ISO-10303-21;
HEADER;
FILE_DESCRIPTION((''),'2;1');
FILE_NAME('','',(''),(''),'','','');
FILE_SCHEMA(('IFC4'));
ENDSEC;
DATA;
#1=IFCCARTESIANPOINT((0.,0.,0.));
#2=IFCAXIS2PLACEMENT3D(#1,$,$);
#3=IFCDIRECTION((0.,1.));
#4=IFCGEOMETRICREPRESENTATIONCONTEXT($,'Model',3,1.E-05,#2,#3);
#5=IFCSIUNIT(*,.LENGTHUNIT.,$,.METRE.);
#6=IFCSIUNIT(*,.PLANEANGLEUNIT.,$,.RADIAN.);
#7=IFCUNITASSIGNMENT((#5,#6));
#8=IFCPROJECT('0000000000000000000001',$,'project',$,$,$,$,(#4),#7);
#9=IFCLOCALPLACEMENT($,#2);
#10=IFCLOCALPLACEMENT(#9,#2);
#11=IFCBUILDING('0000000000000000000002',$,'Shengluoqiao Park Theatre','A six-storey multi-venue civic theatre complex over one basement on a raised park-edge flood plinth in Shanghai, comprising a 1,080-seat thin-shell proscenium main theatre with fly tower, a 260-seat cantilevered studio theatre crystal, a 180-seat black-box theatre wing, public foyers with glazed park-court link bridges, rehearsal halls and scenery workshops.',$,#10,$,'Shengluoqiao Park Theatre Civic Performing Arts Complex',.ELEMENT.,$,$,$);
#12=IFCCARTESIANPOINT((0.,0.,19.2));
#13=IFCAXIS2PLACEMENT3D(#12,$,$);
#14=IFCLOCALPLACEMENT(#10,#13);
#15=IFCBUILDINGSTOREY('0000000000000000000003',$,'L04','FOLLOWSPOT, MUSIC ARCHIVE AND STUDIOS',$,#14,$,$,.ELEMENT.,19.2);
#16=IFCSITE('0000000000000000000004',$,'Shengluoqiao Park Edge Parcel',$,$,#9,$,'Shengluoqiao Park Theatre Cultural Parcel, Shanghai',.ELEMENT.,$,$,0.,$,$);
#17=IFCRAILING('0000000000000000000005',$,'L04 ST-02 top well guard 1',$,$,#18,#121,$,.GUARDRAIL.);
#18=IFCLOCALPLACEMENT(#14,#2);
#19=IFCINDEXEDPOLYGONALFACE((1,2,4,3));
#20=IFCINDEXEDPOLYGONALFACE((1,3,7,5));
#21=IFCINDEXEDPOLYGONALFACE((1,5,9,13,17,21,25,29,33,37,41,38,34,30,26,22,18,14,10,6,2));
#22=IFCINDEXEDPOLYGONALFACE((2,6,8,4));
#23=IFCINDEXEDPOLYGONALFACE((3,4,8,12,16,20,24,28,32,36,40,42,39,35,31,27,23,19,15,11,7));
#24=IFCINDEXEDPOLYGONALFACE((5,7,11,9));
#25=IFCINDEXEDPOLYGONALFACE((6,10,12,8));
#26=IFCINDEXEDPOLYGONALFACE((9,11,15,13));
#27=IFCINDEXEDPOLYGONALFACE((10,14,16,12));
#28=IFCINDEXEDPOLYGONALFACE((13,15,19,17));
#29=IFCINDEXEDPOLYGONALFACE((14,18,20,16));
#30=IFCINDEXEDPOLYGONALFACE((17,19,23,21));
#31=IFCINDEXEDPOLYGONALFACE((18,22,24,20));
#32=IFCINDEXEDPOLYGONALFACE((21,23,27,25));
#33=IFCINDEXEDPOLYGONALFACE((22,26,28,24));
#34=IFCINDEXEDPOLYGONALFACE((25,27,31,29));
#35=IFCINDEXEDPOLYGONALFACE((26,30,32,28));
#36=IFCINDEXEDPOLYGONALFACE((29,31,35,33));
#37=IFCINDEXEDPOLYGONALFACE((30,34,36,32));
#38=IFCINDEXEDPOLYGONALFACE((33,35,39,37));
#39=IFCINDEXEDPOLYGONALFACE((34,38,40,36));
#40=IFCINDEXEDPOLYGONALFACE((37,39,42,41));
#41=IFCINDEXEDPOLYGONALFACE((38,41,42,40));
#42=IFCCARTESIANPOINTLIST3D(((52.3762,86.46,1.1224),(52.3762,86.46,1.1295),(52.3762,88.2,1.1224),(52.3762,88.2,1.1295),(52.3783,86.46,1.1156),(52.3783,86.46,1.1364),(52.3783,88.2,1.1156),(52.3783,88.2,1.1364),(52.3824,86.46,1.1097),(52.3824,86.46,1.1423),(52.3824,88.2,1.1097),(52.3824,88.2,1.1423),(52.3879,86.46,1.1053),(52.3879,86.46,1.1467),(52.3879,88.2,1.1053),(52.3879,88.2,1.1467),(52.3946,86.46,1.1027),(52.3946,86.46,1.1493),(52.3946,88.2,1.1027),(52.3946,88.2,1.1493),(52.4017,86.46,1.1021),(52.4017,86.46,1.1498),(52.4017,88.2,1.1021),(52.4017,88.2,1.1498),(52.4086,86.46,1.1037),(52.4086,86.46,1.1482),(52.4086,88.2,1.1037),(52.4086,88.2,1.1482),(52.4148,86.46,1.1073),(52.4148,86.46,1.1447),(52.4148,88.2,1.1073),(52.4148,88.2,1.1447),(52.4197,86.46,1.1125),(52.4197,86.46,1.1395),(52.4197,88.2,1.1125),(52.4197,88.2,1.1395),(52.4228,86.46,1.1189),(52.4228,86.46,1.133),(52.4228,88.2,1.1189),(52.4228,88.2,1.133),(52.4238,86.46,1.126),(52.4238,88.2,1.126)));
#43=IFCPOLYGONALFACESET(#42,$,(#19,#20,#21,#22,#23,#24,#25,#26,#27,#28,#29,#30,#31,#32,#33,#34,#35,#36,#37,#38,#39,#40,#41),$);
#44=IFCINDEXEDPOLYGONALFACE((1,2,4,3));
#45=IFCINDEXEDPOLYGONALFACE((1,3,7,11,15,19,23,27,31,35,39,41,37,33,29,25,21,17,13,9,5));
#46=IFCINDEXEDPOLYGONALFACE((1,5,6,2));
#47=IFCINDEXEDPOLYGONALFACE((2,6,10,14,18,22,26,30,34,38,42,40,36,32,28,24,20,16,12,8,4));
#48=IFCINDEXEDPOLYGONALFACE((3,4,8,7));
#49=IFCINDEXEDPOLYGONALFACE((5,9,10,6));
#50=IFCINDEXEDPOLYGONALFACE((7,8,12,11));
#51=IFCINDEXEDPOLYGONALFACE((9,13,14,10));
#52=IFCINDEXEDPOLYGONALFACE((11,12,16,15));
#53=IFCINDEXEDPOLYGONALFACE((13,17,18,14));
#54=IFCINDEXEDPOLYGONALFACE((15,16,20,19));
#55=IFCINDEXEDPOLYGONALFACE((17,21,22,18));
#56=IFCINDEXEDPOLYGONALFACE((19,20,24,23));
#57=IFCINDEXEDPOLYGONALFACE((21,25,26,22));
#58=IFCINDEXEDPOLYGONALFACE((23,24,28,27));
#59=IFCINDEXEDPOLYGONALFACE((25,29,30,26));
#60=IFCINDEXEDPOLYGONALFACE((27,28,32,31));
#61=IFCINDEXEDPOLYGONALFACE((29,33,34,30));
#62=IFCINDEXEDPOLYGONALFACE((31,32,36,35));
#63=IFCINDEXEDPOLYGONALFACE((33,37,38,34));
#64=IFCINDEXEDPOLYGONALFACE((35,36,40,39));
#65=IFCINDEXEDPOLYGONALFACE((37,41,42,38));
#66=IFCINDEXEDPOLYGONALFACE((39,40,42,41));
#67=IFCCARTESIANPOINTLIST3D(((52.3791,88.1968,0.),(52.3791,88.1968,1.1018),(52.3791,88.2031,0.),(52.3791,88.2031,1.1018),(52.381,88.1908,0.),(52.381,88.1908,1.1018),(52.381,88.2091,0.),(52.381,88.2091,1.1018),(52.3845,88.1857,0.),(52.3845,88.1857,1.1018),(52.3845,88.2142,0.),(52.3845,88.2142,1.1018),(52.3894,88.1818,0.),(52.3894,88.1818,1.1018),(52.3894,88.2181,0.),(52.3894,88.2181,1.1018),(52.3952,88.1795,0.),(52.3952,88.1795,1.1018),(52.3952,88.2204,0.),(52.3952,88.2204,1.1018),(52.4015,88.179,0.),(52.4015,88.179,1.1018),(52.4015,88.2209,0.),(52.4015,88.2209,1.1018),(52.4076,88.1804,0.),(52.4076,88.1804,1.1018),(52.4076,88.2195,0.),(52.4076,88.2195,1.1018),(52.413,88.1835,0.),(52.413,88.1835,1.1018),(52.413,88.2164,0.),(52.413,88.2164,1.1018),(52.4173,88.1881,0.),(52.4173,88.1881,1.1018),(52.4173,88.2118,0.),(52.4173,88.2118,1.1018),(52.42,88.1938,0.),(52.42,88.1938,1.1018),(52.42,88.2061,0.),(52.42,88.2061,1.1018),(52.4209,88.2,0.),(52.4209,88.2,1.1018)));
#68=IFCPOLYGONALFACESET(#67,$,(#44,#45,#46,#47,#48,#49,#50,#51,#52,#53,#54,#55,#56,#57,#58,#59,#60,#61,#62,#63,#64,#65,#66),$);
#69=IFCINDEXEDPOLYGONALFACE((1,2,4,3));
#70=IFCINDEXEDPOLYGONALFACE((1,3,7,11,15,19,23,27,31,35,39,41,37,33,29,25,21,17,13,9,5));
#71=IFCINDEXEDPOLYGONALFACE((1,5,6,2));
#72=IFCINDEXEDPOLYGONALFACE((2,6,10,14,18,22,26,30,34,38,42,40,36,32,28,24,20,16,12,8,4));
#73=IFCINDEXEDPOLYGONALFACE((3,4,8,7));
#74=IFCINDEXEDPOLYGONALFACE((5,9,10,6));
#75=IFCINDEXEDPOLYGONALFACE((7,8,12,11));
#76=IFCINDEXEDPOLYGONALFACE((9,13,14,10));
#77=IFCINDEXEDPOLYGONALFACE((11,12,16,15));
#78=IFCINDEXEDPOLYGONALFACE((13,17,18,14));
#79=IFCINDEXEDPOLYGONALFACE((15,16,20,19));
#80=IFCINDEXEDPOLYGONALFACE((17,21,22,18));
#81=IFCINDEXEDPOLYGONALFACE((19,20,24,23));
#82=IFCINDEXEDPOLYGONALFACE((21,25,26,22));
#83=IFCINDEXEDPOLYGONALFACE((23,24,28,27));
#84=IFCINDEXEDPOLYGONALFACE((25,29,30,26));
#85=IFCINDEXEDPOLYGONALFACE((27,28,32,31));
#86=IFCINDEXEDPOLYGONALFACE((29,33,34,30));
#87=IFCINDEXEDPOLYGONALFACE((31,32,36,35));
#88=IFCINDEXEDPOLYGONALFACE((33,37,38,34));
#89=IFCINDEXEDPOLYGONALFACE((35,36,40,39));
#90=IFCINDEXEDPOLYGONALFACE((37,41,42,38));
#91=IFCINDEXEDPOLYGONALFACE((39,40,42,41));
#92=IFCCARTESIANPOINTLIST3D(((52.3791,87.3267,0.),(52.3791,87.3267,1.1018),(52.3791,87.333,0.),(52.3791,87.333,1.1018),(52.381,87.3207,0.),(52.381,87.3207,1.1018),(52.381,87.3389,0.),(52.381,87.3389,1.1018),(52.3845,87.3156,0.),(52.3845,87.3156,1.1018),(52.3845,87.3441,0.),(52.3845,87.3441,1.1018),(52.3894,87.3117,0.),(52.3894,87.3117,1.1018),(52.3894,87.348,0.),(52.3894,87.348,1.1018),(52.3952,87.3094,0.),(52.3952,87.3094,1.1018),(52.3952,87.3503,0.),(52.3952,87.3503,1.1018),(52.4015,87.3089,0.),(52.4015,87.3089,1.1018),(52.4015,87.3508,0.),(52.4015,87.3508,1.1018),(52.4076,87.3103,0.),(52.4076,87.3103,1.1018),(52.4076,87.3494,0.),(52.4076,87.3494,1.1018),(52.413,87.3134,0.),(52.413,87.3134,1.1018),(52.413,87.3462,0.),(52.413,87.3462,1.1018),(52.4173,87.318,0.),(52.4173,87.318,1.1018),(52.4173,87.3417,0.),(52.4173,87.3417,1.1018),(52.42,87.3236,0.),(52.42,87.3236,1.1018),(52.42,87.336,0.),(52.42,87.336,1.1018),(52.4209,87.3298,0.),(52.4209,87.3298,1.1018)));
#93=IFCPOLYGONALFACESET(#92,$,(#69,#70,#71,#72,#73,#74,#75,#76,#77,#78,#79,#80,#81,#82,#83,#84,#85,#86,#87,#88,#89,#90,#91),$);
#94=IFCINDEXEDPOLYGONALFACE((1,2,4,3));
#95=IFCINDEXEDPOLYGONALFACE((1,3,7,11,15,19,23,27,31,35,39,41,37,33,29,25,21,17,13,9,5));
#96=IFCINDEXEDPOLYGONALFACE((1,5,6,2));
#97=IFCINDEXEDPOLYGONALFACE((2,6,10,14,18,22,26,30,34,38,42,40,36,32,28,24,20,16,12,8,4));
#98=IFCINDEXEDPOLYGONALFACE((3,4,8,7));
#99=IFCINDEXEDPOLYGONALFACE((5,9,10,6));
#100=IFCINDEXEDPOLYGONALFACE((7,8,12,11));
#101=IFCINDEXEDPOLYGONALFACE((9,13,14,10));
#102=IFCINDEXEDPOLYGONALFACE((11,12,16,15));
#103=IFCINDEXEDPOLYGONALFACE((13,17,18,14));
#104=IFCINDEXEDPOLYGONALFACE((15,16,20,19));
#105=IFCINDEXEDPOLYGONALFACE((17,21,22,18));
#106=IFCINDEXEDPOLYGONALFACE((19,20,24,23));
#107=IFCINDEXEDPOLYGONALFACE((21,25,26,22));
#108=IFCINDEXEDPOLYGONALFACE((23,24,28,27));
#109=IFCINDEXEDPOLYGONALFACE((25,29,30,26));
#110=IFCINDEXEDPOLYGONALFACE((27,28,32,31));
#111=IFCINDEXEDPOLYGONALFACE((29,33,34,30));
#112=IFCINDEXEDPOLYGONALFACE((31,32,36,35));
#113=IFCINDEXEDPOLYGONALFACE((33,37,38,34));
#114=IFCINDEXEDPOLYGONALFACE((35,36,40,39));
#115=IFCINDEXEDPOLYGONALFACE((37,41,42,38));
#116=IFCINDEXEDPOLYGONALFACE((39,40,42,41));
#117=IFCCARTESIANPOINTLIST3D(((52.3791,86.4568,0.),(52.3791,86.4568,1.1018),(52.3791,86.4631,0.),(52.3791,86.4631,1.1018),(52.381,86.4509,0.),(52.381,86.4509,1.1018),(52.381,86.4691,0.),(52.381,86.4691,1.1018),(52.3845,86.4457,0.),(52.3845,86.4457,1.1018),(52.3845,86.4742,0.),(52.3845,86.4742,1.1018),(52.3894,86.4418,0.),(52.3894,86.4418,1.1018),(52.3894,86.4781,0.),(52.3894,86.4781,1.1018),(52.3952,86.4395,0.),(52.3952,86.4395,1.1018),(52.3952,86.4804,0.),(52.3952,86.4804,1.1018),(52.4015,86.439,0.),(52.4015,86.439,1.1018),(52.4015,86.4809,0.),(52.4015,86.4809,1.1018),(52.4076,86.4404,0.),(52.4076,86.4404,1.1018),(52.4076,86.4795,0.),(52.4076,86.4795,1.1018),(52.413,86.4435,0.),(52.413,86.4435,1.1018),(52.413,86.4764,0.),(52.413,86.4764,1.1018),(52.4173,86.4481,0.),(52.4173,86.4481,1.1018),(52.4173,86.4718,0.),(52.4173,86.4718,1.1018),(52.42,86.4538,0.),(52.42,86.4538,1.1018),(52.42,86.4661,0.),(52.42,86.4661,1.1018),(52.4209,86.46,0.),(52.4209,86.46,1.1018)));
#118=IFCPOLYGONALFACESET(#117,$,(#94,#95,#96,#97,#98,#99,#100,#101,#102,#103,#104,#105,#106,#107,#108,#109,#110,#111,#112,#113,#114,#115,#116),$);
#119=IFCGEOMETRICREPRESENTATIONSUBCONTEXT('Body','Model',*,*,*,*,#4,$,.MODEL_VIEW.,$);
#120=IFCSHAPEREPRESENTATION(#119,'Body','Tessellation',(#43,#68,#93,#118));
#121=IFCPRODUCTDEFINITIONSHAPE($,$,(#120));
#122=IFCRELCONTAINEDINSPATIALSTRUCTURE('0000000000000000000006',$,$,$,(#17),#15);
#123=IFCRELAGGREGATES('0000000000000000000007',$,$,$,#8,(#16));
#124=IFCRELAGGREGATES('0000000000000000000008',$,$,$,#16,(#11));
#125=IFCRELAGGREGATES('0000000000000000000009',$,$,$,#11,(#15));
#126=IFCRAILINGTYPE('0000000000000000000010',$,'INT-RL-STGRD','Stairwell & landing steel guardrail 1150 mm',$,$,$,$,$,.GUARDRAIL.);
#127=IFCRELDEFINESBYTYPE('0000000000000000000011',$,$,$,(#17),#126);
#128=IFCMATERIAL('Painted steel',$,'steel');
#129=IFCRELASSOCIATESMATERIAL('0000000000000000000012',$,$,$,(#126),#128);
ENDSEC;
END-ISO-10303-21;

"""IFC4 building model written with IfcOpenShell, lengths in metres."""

from ifc_helpers import new_model, si_unit, direction, frame, origin, origin_2d, place, context, subcontext, project, spatial, circle, extrude, material, type_object, element, save


model = new_model("IFC4")

# Units and contexts
model_context = context("Model", 3, precision=1e-05, world=origin(), true_north=direction((0.0, 1.0)))
body_context = subcontext(model_context, "Body", "Model", "MODEL_VIEW")
ifc_project = project(units=[si_unit("LENGTHUNIT", "METRE"), si_unit("PLANEANGLEUNIT", "RADIAN")], contexts=[model_context])

# Site, building, storey
site_placement = place(None, origin())
site = spatial("IfcSite", under=ifc_project, at=site_placement, Name="Shengluoqiao Park Edge Parcel", LongName="Shengluoqiao Park Theatre Cultural Parcel, Shanghai", CompositionType="ELEMENT", RefElevation=0.0)
building_placement = place(site_placement, origin())
building = spatial("IfcBuilding", under=site, at=building_placement, Name="Shengluoqiao Park Theatre", Description="A six-storey multi-venue civic theatre complex over one basement on a raised park-edge flood plinth in Shanghai, comprising a 1,080-seat thin-shell proscenium main theatre with fly tower, a 260-seat cantilevered studio theatre crystal, a 180-seat black-box theatre wing, public foyers with glazed park-court link bridges, rehearsal halls and scenery workshops.", LongName="Shengluoqiao Park Theatre Civic Performing Arts Complex", CompositionType="ELEMENT")
storey_placement = place(building_placement, frame((0.0, 0.0, 19.2)))
storey = spatial("IfcBuildingStorey", under=building, at=storey_placement, Name="L04", Description="FOLLOWSPOT, MUSIC ARCHIVE AND STUDIOS", CompositionType="ELEMENT", Elevation=19.2)

# Railing
ifc_material_1 = material(Name="Painted steel", Category="steel")
railing_type_1 = type_object("IfcRailingType", Name="INT-RL-STGRD", Description="Stairwell & landing steel guardrail 1150 mm", PredefinedType="GUARDRAIL", material=ifc_material_1)
railing_1_placement = place(storey_placement, frame((52.3999, 88.2, 0.0)))
element("IfcRailing", 1, at=railing_1_placement, inside=storey, type_object=railing_type_1, Name="L04 ST-02 top well guard 1", PredefinedType="GUARDRAIL", context=body_context, shape_type="SweptSolid", body=[
    extrude(circle(Radius=0.0239, at=origin_2d()), frame((0.0, 0.0, 1.126), z_axis=(0.0, -1.0, 0.0), x_axis=(1.0, 0.0, 0.0)), (0.0, 0.0, 1.0), 1.74),
    extrude(circle(Radius=0.021, at=origin_2d()), origin(), (0.0, 0.0, 1.0), 1.1018),
    extrude(circle(Radius=0.021, at=origin_2d()), frame((0.0, -0.8701, 0.0)), (0.0, 0.0, 1.0), 1.1018),
    extrude(circle(Radius=0.021, at=origin_2d()), frame((0.0, -1.74, 0.0)), (0.0, 0.0, 1.0), 1.1018),
])

save(model, "model.ifc")
